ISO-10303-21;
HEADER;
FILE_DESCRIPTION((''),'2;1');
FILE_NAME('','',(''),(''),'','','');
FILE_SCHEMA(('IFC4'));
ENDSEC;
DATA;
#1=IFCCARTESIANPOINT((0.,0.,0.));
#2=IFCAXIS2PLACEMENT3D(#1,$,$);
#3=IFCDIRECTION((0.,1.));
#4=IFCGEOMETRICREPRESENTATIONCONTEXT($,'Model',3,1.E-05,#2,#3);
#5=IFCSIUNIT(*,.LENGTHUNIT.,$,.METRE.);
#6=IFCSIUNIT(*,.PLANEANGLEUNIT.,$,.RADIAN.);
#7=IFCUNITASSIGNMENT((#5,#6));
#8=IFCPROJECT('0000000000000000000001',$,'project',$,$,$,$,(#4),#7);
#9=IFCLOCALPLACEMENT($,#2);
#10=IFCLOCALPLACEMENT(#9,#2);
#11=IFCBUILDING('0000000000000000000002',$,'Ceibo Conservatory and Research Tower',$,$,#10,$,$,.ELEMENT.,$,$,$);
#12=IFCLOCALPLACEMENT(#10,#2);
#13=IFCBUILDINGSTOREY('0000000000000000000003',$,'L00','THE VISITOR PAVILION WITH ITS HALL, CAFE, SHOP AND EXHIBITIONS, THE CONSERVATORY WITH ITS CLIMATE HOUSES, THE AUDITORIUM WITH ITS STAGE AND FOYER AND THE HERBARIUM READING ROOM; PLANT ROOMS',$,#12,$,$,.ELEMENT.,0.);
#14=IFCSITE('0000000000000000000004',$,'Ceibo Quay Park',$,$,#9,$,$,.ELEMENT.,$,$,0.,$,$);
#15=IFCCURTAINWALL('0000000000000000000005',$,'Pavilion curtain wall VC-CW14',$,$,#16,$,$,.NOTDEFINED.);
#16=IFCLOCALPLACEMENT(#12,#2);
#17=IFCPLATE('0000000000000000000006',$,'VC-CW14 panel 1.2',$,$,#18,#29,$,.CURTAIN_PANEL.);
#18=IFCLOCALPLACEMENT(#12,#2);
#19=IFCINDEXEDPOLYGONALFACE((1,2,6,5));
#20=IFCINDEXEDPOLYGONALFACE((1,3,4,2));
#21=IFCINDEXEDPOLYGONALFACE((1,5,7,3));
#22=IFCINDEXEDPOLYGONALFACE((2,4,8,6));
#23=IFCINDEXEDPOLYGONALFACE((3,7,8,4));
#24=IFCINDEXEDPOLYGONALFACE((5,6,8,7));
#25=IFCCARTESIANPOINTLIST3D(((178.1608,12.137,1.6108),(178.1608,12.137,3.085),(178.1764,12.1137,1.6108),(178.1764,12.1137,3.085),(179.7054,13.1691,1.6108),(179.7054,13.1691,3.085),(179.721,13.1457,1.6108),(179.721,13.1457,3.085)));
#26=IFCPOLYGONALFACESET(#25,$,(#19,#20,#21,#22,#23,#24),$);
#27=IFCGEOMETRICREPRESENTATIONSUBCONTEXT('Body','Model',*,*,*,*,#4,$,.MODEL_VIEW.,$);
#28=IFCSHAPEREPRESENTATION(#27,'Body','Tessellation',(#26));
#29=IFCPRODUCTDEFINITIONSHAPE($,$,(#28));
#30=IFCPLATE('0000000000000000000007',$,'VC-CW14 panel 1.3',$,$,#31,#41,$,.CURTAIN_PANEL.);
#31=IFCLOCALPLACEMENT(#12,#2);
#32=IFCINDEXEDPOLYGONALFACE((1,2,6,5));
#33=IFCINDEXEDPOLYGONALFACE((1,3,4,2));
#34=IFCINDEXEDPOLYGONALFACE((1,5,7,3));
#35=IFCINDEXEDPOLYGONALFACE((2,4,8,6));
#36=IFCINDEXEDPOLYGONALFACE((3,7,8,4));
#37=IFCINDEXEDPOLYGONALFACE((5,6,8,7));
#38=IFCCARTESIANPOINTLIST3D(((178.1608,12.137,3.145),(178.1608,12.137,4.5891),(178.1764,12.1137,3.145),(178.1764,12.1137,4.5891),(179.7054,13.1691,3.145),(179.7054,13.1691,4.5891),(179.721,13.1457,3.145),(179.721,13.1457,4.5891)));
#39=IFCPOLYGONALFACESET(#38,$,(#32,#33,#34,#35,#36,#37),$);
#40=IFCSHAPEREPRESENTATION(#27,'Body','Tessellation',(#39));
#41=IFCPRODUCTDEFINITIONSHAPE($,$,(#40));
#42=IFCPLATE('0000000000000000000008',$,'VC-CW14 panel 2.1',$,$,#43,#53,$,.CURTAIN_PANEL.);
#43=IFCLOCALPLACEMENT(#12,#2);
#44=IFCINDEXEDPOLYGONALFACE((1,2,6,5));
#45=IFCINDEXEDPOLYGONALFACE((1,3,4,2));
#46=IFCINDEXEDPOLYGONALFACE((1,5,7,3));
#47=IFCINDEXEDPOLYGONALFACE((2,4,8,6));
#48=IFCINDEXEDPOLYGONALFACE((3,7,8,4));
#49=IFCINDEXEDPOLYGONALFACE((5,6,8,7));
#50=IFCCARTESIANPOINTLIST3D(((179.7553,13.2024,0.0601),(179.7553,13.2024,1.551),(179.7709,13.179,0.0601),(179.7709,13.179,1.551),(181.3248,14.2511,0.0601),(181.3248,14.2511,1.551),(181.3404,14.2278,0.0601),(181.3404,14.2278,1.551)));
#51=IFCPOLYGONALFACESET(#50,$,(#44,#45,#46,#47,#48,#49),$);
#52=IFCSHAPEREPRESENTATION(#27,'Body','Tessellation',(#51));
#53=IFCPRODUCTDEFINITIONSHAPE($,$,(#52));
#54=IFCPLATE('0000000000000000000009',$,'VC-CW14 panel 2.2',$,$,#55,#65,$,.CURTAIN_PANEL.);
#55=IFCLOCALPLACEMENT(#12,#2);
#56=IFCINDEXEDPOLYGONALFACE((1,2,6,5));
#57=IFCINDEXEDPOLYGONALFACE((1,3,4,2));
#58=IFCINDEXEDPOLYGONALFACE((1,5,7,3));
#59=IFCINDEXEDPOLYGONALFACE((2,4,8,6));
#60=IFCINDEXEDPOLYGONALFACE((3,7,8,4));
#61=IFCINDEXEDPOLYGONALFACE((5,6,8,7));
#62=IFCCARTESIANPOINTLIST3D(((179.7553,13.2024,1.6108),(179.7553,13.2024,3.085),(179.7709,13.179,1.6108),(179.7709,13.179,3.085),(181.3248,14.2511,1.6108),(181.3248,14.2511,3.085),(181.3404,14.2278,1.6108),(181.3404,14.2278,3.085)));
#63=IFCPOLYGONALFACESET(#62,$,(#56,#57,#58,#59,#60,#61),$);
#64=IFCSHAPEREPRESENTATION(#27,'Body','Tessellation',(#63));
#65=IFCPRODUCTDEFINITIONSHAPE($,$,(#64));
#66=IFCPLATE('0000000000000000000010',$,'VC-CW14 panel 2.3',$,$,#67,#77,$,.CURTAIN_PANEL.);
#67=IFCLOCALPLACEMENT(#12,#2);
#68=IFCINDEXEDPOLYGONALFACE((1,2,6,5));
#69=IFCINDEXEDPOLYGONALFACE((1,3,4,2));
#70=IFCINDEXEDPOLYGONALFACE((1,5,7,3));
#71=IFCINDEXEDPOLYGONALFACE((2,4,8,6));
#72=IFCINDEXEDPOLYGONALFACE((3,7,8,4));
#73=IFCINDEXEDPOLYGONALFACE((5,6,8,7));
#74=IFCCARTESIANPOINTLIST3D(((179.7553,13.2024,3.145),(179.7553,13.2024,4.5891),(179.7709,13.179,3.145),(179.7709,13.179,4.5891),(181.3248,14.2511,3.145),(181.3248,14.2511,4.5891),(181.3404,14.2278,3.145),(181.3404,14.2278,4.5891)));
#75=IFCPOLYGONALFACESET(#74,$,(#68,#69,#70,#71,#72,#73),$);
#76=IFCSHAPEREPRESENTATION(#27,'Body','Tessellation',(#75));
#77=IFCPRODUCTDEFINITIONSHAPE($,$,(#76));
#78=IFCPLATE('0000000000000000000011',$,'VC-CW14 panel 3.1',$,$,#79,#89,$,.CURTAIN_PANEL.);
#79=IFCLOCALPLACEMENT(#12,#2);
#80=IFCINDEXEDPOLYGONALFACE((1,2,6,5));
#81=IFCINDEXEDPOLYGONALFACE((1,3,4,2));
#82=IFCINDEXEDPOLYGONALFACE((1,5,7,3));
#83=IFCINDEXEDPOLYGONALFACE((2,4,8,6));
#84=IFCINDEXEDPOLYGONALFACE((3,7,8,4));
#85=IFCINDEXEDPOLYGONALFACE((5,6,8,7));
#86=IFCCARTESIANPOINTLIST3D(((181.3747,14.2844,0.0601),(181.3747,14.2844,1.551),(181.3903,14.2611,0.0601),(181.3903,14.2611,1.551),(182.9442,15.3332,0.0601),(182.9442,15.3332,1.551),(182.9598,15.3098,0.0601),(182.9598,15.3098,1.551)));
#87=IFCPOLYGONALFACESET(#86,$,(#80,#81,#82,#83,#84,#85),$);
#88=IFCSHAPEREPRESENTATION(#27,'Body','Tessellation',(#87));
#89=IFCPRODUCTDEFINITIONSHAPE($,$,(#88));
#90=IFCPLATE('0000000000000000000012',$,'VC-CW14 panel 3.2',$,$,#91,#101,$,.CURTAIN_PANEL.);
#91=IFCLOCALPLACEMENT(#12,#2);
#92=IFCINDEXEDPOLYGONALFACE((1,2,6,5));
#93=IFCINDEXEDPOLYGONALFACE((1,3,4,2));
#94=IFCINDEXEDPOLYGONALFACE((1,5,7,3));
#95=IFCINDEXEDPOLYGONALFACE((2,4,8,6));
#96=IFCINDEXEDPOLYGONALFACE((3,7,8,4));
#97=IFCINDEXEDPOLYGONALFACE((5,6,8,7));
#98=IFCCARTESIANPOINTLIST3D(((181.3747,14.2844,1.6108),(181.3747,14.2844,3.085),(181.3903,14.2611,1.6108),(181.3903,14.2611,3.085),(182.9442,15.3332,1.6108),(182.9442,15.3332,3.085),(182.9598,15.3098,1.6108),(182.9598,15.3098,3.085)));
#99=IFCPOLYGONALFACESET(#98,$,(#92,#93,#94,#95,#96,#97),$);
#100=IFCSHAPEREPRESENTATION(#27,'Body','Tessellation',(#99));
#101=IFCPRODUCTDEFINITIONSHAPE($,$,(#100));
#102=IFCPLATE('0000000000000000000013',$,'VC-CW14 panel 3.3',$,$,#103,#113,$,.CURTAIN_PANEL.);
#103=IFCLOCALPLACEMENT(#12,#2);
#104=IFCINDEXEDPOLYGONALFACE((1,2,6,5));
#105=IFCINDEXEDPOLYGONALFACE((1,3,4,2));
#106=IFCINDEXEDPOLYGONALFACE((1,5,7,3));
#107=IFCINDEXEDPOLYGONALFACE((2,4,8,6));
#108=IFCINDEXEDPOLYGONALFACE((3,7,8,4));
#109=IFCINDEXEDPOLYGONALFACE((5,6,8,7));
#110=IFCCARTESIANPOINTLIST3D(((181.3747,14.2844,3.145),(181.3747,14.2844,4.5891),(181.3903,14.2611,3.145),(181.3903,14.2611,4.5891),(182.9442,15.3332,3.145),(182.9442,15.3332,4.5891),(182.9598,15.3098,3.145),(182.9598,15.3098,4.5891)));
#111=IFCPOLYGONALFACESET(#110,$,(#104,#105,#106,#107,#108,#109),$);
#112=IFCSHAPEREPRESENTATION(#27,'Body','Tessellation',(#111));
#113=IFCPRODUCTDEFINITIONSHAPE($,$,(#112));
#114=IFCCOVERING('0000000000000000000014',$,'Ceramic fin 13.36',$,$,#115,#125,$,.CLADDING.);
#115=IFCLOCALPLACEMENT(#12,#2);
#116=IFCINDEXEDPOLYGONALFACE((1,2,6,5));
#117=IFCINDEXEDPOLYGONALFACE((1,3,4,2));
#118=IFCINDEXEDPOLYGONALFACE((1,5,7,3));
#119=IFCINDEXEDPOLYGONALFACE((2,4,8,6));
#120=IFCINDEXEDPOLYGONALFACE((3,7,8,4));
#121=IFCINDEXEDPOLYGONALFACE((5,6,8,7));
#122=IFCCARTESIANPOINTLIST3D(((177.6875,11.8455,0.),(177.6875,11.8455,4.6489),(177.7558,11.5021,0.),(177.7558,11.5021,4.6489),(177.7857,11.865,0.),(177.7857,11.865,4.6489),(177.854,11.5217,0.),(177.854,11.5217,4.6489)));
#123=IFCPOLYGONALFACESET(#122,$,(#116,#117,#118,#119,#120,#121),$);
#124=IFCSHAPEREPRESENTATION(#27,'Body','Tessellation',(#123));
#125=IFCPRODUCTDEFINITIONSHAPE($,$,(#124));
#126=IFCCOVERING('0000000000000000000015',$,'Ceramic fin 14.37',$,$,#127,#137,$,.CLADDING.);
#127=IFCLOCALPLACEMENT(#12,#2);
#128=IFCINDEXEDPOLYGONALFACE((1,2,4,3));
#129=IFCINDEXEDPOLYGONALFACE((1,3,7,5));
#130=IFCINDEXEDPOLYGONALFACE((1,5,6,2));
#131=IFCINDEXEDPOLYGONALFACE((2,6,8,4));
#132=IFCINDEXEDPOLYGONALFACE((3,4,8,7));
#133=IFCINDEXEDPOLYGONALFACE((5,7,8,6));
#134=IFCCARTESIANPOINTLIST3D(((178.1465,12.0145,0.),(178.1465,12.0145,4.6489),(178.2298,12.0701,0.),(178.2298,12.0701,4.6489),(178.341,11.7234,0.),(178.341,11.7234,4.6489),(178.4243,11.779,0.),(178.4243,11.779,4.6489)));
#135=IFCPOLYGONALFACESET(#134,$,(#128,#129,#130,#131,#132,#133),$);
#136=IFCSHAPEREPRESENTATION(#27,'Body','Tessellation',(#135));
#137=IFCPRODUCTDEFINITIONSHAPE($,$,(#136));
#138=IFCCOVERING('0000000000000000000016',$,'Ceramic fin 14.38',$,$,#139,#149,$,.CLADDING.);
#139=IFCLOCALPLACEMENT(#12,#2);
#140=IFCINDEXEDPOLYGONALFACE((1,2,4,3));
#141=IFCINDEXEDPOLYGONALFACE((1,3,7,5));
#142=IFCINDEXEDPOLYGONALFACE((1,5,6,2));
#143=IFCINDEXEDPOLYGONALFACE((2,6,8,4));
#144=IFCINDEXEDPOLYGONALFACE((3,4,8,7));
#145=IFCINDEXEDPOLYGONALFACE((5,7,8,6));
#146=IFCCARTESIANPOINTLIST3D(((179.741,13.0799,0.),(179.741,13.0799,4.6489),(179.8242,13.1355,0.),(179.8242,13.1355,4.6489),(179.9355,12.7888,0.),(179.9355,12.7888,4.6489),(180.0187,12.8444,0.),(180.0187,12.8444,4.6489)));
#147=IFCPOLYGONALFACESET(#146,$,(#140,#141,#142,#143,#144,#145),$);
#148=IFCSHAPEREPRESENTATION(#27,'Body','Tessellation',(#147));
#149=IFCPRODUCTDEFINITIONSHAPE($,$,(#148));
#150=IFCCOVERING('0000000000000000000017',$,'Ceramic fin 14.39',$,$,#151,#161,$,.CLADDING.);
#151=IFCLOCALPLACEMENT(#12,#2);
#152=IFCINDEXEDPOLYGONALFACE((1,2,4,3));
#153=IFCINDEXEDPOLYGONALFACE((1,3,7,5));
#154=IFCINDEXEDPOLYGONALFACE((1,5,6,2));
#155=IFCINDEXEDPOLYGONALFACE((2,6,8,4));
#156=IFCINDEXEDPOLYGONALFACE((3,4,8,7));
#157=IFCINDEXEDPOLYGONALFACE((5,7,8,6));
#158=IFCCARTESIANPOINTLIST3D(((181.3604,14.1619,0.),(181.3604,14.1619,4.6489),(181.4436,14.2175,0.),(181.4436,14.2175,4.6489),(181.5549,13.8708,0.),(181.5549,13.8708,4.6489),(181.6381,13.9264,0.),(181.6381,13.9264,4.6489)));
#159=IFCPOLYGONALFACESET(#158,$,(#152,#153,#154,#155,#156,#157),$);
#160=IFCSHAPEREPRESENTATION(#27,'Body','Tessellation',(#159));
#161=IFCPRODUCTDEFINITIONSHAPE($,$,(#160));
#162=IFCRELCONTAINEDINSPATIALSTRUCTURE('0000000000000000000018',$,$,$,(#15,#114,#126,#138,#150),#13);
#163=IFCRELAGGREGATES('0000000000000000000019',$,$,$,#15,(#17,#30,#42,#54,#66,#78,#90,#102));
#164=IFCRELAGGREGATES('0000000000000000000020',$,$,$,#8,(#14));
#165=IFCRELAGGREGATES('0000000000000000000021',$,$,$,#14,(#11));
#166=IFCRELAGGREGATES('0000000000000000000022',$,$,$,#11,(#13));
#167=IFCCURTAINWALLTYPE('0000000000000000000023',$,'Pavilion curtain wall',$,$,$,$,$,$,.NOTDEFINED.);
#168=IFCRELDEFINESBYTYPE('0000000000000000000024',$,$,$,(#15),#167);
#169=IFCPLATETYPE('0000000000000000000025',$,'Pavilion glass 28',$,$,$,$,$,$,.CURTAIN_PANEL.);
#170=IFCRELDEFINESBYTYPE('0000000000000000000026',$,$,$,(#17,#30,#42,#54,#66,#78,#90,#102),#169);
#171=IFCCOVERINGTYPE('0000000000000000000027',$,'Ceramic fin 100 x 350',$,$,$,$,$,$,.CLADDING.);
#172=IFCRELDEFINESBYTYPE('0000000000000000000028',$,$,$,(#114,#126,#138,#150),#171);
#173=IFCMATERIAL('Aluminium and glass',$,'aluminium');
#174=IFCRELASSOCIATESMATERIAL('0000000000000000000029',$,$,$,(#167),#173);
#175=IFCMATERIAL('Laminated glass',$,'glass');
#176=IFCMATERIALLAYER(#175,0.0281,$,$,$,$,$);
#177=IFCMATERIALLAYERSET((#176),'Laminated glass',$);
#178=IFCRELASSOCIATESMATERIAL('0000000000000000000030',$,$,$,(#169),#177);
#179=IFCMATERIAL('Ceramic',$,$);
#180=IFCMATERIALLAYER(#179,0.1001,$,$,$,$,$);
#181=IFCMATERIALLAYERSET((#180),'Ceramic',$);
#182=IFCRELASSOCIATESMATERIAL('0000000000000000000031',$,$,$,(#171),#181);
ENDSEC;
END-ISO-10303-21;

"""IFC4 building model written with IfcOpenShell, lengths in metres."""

from ifc_helpers import new_model, si_unit, direction, frame, origin, origin_2d, place, context, subcontext, project, spatial, rectangle, extrude, material, layer, layer_set, type_object, element, aggregate, save


model = new_model("IFC4")

# Units and contexts
model_context = context("Model", 3, precision=1e-05, world=origin(), true_north=direction((0.0, 1.0)))
body_context = subcontext(model_context, "Body", "Model", "MODEL_VIEW")
ifc_project = project(units=[si_unit("LENGTHUNIT", "METRE"), si_unit("PLANEANGLEUNIT", "RADIAN")], contexts=[model_context])

# Site, building, storey
site_placement = place(None, origin())
site = spatial("IfcSite", under=ifc_project, at=site_placement, Name="Ceibo Quay Park", CompositionType="ELEMENT", RefElevation=0.0)
building_placement = place(site_placement, origin())
building = spatial("IfcBuilding", under=site, at=building_placement, Name="Ceibo Conservatory and Research Tower", CompositionType="ELEMENT")
storey_placement = place(building_placement, origin())
storey = spatial("IfcBuildingStorey", under=building, at=storey_placement, Name="L00", Description="THE VISITOR PAVILION WITH ITS HALL, CAFE, SHOP AND EXHIBITIONS, THE CONSERVATORY WITH ITS CLIMATE HOUSES, THE AUDITORIUM WITH ITS STAGE AND FOYER AND THE HERBARIUM READING ROOM; PLANT ROOMS", CompositionType="ELEMENT", Elevation=0.0)

# Shared definitions
ifc_material_1 = material(Name="Aluminium and glass", Category="aluminium")
curtain_wall_type = type_object("IfcCurtainWallType", Name="Pavilion curtain wall", PredefinedType="NOTDEFINED", material=ifc_material_1)

# Curtain wall
curtain_wall_1_placement = place(storey_placement, origin())
curtain_wall_1 = element("IfcCurtainWall", 1, at=curtain_wall_1_placement, inside=storey, type_object=curtain_wall_type, Name="Pavilion curtain wall VC-CW14", PredefinedType="NOTDEFINED")

# Plates
ifc_material_2 = material(Name="Laminated glass", Category="glass")
ifc_layer_1 = layer(ifc_material_2, 0.0281)
ifc_layer_set_1 = layer_set([ifc_layer_1], Name="Laminated glass")
plate_type = type_object("IfcPlateType", Name="Pavilion glass 28", PredefinedType="CURTAIN_PANEL", material=ifc_layer_set_1)
plate_1_placement = place(storey_placement, frame((178.9409, 12.6414, 1.6108), z_axis=(0.0, 0.0, 1.0), x_axis=(0.83147, 0.55557, 0.0)))
plate_1 = element("IfcPlate", 2, at=plate_1_placement, type_object=plate_type, Name="VC-CW14 panel 1.2", PredefinedType="CURTAIN_PANEL", context=body_context, shape_type="SweptSolid", body=[
    extrude(rectangle(XDim=1.8577, YDim=0.0281, at=origin_2d()), origin(), (0.0, 0.0, 1.0), 1.4741),
])
plate_2_placement = place(storey_placement, frame((178.9409, 12.6414, 3.145), z_axis=(0.0, 0.0, 1.0), x_axis=(0.83147, 0.55557, 0.0)))
plate_2 = element("IfcPlate", 3, at=plate_2_placement, type_object=plate_type, Name="VC-CW14 panel 1.3", PredefinedType="CURTAIN_PANEL", context=body_context, shape_type="SweptSolid", body=[
    extrude(rectangle(XDim=1.8577, YDim=0.0281, at=origin_2d()), origin(), (0.0, 0.0, 1.0), 1.4441),
])
plate_3_placement = place(storey_placement, frame((180.5479, 13.7151, 0.0601), z_axis=(0.0, 0.0, 1.0), x_axis=(0.83147, 0.55557, 0.0)))
plate_3 = element("IfcPlate", 4, at=plate_3_placement, type_object=plate_type, Name="VC-CW14 panel 2.1", PredefinedType="CURTAIN_PANEL", context=body_context, shape_type="SweptSolid", body=[
    extrude(rectangle(XDim=1.8877, YDim=0.0281, at=origin_2d()), origin(), (0.0, 0.0, 1.0), 1.491),
])
plate_4_placement = place(storey_placement, frame((180.5479, 13.7151, 1.6108), z_axis=(0.0, 0.0, 1.0), x_axis=(0.83147, 0.55557, 0.0)))
plate_4 = element("IfcPlate", 5, at=plate_4_placement, type_object=plate_type, Name="VC-CW14 panel 2.2", PredefinedType="CURTAIN_PANEL", context=body_context, shape_type="SweptSolid", body=[
    extrude(rectangle(XDim=1.8877, YDim=0.0281, at=origin_2d()), origin(), (0.0, 0.0, 1.0), 1.4741),
])
plate_5_placement = place(storey_placement, frame((180.5479, 13.7151, 3.145), z_axis=(0.0, 0.0, 1.0), x_axis=(0.83147, 0.55557, 0.0)))
plate_5 = element("IfcPlate", 6, at=plate_5_placement, type_object=plate_type, Name="VC-CW14 panel 2.3", PredefinedType="CURTAIN_PANEL", context=body_context, shape_type="SweptSolid", body=[
    extrude(rectangle(XDim=1.8877, YDim=0.0281, at=origin_2d()), origin(), (0.0, 0.0, 1.0), 1.4441),
])
plate_6_placement = place(storey_placement, frame((182.1672, 14.7971, 0.0601), z_axis=(0.0, 0.0, 1.0), x_axis=(0.83147, 0.55557, 0.0)))
plate_6 = element("IfcPlate", 7, at=plate_6_placement, type_object=plate_type, Name="VC-CW14 panel 3.1", PredefinedType="CURTAIN_PANEL", context=body_context, shape_type="SweptSolid", body=[
    extrude(rectangle(XDim=1.8877, YDim=0.0281, at=origin_2d()), origin(), (0.0, 0.0, 1.0), 1.491),
])
plate_7_placement = place(storey_placement, frame((182.1672, 14.7971, 1.6108), z_axis=(0.0, 0.0, 1.0), x_axis=(0.83147, 0.55557, 0.0)))
plate_7 = element("IfcPlate", 8, at=plate_7_placement, type_object=plate_type, Name="VC-CW14 panel 3.2", PredefinedType="CURTAIN_PANEL", context=body_context, shape_type="SweptSolid", body=[
    extrude(rectangle(XDim=1.8877, YDim=0.0281, at=origin_2d()), origin(), (0.0, 0.0, 1.0), 1.4741),
])
plate_8_placement = place(storey_placement, frame((182.1672, 14.7971, 3.145), z_axis=(0.0, 0.0, 1.0), x_axis=(0.83147, 0.55557, 0.0)))
plate_8 = element("IfcPlate", 9, at=plate_8_placement, type_object=plate_type, Name="VC-CW14 panel 3.3", PredefinedType="CURTAIN_PANEL", context=body_context, shape_type="SweptSolid", body=[
    extrude(rectangle(XDim=1.8877, YDim=0.0281, at=origin_2d()), origin(), (0.0, 0.0, 1.0), 1.4441),
])
aggregate(curtain_wall_1, [plate_1, plate_2, plate_3, plate_4, plate_5, plate_6, plate_7, plate_8])

# Coverings
ifc_material_3 = material(Name="Ceramic")
ifc_layer_2 = layer(ifc_material_3, 0.1001)
ifc_layer_set_2 = layer_set([ifc_layer_2], Name="Ceramic")
covering_type = type_object("IfcCoveringType", Name="Ceramic fin 100 x 350", PredefinedType="CLADDING", material=ifc_layer_set_2)
for number, where, z_axis, x_axis, name in (
    (10, (177.7708, 11.6836, 0.0), (0.0, 0.0, 1.0), (-0.980785, -0.19509, 0.0), "Ceramic fin 13.36"),
    (11, (178.2854, 11.8967, 0.0), (0.0, 0.0, 1.0), (-0.83147, -0.55557, 0.0), "Ceramic fin 14.37"),
    (12, (179.8799, 12.9622, 0.0), (0.0, 0.0, 1.0), (-0.83147, -0.55557, 0.0), "Ceramic fin 14.38"),
    (13, (181.4993, 14.0442, 0.0), (0.0, 0.0, 1.0), (-0.83147, -0.55557, 0.0), "Ceramic fin 14.39"),
):
    element("IfcCovering", number, at=place(storey_placement, frame(where, z_axis=z_axis, x_axis=x_axis)), inside=storey, type_object=covering_type, Name=name, PredefinedType="CLADDING", context=body_context, shape_type="SweptSolid", body=[
        extrude(rectangle(XDim=0.1001, YDim=0.3501, at=origin_2d()), origin(), (0.0, 0.0, 1.0), 4.6489),
    ])

save(model, "model.ifc")
